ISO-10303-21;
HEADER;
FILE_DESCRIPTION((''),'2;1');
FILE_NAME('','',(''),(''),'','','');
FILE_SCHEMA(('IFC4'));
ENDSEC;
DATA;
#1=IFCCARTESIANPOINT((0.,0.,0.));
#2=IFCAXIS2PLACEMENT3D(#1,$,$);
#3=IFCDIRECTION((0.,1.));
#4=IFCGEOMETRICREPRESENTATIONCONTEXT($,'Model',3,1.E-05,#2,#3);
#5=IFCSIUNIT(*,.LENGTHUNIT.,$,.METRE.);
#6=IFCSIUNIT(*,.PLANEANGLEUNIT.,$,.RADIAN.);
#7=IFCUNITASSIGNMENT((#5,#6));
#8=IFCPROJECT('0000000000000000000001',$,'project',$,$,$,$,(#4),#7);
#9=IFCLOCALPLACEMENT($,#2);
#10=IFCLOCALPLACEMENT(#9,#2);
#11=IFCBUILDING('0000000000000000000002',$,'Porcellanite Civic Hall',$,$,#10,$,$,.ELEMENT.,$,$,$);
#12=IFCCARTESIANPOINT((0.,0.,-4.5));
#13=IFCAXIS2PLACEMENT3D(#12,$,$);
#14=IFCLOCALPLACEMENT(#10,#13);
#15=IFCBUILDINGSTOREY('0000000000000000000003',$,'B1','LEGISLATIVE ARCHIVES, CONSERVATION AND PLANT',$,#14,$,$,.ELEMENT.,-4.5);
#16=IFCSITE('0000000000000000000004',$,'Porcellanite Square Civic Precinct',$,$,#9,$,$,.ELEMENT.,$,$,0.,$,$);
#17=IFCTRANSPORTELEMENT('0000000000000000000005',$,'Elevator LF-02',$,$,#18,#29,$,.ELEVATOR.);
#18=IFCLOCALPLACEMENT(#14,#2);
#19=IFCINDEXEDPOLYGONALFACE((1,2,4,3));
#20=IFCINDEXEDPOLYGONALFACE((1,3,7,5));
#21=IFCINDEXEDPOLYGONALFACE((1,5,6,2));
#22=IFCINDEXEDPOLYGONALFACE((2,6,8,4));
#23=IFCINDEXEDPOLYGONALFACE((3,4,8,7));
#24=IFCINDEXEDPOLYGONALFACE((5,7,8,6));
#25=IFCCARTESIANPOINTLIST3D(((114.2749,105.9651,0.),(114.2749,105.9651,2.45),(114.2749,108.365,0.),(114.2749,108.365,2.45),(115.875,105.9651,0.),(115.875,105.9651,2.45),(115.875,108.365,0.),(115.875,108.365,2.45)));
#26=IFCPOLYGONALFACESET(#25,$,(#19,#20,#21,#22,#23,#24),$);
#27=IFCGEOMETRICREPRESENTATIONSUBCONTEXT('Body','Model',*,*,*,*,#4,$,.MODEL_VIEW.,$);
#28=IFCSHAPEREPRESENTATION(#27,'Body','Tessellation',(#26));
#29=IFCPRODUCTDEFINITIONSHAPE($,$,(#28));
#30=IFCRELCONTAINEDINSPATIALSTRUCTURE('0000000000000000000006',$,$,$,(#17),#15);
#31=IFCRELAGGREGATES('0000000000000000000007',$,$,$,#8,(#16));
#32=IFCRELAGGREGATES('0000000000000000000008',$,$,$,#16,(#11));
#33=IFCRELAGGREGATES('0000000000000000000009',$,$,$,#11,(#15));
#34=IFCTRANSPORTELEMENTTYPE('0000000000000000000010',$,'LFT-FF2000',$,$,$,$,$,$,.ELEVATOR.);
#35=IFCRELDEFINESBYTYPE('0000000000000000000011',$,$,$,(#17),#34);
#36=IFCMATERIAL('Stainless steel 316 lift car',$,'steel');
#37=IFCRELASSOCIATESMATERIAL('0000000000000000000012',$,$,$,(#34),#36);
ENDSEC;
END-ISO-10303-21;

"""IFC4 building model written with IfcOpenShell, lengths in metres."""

from ifc_helpers import new_model, si_unit, direction, frame, origin, origin_2d, place, context, subcontext, project, spatial, rectangle, extrude, material, type_object, element, save


model = new_model("IFC4")

# Units and contexts
model_context = context("Model", 3, precision=1e-05, world=origin(), true_north=direction((0.0, 1.0)))
body_context = subcontext(model_context, "Body", "Model", "MODEL_VIEW")
ifc_project = project(units=[si_unit("LENGTHUNIT", "METRE"), si_unit("PLANEANGLEUNIT", "RADIAN")], contexts=[model_context])

# Site, building, storey
site_placement = place(None, origin())
site = spatial("IfcSite", under=ifc_project, at=site_placement, Name="Porcellanite Square Civic Precinct", CompositionType="ELEMENT", RefElevation=0.0)
building_placement = place(site_placement, origin())
building = spatial("IfcBuilding", under=site, at=building_placement, Name="Porcellanite Civic Hall", CompositionType="ELEMENT")
storey_placement = place(building_placement, frame((0.0, 0.0, -4.5)))
storey = spatial("IfcBuildingStorey", under=building, at=storey_placement, Name="B1", Description="LEGISLATIVE ARCHIVES, CONSERVATION AND PLANT", CompositionType="ELEMENT", Elevation=-4.5)

# Transport element
ifc_material_1 = material(Name="Stainless steel 316 lift car", Category="steel")
transport_element_type = type_object("IfcTransportElementType", Name="LFT-FF2000", PredefinedType="ELEVATOR", material=ifc_material_1)
transport_element_placement = place(storey_placement, frame((115.075, 107.165, 0.0), z_axis=(0.0, 0.0, 1.0), x_axis=(1.0, 0.0, 0.0)))
element("IfcTransportElement", 1, at=transport_element_placement, inside=storey, type_object=transport_element_type, Name="Elevator LF-02", PredefinedType="ELEVATOR", context=body_context, shape_type="SweptSolid", body=[
    extrude(rectangle(XDim=1.6001, YDim=2.3999, at=origin_2d()), origin(), (0.0, 0.0, 1.0), 2.45),
])

save(model, "model.ifc")
